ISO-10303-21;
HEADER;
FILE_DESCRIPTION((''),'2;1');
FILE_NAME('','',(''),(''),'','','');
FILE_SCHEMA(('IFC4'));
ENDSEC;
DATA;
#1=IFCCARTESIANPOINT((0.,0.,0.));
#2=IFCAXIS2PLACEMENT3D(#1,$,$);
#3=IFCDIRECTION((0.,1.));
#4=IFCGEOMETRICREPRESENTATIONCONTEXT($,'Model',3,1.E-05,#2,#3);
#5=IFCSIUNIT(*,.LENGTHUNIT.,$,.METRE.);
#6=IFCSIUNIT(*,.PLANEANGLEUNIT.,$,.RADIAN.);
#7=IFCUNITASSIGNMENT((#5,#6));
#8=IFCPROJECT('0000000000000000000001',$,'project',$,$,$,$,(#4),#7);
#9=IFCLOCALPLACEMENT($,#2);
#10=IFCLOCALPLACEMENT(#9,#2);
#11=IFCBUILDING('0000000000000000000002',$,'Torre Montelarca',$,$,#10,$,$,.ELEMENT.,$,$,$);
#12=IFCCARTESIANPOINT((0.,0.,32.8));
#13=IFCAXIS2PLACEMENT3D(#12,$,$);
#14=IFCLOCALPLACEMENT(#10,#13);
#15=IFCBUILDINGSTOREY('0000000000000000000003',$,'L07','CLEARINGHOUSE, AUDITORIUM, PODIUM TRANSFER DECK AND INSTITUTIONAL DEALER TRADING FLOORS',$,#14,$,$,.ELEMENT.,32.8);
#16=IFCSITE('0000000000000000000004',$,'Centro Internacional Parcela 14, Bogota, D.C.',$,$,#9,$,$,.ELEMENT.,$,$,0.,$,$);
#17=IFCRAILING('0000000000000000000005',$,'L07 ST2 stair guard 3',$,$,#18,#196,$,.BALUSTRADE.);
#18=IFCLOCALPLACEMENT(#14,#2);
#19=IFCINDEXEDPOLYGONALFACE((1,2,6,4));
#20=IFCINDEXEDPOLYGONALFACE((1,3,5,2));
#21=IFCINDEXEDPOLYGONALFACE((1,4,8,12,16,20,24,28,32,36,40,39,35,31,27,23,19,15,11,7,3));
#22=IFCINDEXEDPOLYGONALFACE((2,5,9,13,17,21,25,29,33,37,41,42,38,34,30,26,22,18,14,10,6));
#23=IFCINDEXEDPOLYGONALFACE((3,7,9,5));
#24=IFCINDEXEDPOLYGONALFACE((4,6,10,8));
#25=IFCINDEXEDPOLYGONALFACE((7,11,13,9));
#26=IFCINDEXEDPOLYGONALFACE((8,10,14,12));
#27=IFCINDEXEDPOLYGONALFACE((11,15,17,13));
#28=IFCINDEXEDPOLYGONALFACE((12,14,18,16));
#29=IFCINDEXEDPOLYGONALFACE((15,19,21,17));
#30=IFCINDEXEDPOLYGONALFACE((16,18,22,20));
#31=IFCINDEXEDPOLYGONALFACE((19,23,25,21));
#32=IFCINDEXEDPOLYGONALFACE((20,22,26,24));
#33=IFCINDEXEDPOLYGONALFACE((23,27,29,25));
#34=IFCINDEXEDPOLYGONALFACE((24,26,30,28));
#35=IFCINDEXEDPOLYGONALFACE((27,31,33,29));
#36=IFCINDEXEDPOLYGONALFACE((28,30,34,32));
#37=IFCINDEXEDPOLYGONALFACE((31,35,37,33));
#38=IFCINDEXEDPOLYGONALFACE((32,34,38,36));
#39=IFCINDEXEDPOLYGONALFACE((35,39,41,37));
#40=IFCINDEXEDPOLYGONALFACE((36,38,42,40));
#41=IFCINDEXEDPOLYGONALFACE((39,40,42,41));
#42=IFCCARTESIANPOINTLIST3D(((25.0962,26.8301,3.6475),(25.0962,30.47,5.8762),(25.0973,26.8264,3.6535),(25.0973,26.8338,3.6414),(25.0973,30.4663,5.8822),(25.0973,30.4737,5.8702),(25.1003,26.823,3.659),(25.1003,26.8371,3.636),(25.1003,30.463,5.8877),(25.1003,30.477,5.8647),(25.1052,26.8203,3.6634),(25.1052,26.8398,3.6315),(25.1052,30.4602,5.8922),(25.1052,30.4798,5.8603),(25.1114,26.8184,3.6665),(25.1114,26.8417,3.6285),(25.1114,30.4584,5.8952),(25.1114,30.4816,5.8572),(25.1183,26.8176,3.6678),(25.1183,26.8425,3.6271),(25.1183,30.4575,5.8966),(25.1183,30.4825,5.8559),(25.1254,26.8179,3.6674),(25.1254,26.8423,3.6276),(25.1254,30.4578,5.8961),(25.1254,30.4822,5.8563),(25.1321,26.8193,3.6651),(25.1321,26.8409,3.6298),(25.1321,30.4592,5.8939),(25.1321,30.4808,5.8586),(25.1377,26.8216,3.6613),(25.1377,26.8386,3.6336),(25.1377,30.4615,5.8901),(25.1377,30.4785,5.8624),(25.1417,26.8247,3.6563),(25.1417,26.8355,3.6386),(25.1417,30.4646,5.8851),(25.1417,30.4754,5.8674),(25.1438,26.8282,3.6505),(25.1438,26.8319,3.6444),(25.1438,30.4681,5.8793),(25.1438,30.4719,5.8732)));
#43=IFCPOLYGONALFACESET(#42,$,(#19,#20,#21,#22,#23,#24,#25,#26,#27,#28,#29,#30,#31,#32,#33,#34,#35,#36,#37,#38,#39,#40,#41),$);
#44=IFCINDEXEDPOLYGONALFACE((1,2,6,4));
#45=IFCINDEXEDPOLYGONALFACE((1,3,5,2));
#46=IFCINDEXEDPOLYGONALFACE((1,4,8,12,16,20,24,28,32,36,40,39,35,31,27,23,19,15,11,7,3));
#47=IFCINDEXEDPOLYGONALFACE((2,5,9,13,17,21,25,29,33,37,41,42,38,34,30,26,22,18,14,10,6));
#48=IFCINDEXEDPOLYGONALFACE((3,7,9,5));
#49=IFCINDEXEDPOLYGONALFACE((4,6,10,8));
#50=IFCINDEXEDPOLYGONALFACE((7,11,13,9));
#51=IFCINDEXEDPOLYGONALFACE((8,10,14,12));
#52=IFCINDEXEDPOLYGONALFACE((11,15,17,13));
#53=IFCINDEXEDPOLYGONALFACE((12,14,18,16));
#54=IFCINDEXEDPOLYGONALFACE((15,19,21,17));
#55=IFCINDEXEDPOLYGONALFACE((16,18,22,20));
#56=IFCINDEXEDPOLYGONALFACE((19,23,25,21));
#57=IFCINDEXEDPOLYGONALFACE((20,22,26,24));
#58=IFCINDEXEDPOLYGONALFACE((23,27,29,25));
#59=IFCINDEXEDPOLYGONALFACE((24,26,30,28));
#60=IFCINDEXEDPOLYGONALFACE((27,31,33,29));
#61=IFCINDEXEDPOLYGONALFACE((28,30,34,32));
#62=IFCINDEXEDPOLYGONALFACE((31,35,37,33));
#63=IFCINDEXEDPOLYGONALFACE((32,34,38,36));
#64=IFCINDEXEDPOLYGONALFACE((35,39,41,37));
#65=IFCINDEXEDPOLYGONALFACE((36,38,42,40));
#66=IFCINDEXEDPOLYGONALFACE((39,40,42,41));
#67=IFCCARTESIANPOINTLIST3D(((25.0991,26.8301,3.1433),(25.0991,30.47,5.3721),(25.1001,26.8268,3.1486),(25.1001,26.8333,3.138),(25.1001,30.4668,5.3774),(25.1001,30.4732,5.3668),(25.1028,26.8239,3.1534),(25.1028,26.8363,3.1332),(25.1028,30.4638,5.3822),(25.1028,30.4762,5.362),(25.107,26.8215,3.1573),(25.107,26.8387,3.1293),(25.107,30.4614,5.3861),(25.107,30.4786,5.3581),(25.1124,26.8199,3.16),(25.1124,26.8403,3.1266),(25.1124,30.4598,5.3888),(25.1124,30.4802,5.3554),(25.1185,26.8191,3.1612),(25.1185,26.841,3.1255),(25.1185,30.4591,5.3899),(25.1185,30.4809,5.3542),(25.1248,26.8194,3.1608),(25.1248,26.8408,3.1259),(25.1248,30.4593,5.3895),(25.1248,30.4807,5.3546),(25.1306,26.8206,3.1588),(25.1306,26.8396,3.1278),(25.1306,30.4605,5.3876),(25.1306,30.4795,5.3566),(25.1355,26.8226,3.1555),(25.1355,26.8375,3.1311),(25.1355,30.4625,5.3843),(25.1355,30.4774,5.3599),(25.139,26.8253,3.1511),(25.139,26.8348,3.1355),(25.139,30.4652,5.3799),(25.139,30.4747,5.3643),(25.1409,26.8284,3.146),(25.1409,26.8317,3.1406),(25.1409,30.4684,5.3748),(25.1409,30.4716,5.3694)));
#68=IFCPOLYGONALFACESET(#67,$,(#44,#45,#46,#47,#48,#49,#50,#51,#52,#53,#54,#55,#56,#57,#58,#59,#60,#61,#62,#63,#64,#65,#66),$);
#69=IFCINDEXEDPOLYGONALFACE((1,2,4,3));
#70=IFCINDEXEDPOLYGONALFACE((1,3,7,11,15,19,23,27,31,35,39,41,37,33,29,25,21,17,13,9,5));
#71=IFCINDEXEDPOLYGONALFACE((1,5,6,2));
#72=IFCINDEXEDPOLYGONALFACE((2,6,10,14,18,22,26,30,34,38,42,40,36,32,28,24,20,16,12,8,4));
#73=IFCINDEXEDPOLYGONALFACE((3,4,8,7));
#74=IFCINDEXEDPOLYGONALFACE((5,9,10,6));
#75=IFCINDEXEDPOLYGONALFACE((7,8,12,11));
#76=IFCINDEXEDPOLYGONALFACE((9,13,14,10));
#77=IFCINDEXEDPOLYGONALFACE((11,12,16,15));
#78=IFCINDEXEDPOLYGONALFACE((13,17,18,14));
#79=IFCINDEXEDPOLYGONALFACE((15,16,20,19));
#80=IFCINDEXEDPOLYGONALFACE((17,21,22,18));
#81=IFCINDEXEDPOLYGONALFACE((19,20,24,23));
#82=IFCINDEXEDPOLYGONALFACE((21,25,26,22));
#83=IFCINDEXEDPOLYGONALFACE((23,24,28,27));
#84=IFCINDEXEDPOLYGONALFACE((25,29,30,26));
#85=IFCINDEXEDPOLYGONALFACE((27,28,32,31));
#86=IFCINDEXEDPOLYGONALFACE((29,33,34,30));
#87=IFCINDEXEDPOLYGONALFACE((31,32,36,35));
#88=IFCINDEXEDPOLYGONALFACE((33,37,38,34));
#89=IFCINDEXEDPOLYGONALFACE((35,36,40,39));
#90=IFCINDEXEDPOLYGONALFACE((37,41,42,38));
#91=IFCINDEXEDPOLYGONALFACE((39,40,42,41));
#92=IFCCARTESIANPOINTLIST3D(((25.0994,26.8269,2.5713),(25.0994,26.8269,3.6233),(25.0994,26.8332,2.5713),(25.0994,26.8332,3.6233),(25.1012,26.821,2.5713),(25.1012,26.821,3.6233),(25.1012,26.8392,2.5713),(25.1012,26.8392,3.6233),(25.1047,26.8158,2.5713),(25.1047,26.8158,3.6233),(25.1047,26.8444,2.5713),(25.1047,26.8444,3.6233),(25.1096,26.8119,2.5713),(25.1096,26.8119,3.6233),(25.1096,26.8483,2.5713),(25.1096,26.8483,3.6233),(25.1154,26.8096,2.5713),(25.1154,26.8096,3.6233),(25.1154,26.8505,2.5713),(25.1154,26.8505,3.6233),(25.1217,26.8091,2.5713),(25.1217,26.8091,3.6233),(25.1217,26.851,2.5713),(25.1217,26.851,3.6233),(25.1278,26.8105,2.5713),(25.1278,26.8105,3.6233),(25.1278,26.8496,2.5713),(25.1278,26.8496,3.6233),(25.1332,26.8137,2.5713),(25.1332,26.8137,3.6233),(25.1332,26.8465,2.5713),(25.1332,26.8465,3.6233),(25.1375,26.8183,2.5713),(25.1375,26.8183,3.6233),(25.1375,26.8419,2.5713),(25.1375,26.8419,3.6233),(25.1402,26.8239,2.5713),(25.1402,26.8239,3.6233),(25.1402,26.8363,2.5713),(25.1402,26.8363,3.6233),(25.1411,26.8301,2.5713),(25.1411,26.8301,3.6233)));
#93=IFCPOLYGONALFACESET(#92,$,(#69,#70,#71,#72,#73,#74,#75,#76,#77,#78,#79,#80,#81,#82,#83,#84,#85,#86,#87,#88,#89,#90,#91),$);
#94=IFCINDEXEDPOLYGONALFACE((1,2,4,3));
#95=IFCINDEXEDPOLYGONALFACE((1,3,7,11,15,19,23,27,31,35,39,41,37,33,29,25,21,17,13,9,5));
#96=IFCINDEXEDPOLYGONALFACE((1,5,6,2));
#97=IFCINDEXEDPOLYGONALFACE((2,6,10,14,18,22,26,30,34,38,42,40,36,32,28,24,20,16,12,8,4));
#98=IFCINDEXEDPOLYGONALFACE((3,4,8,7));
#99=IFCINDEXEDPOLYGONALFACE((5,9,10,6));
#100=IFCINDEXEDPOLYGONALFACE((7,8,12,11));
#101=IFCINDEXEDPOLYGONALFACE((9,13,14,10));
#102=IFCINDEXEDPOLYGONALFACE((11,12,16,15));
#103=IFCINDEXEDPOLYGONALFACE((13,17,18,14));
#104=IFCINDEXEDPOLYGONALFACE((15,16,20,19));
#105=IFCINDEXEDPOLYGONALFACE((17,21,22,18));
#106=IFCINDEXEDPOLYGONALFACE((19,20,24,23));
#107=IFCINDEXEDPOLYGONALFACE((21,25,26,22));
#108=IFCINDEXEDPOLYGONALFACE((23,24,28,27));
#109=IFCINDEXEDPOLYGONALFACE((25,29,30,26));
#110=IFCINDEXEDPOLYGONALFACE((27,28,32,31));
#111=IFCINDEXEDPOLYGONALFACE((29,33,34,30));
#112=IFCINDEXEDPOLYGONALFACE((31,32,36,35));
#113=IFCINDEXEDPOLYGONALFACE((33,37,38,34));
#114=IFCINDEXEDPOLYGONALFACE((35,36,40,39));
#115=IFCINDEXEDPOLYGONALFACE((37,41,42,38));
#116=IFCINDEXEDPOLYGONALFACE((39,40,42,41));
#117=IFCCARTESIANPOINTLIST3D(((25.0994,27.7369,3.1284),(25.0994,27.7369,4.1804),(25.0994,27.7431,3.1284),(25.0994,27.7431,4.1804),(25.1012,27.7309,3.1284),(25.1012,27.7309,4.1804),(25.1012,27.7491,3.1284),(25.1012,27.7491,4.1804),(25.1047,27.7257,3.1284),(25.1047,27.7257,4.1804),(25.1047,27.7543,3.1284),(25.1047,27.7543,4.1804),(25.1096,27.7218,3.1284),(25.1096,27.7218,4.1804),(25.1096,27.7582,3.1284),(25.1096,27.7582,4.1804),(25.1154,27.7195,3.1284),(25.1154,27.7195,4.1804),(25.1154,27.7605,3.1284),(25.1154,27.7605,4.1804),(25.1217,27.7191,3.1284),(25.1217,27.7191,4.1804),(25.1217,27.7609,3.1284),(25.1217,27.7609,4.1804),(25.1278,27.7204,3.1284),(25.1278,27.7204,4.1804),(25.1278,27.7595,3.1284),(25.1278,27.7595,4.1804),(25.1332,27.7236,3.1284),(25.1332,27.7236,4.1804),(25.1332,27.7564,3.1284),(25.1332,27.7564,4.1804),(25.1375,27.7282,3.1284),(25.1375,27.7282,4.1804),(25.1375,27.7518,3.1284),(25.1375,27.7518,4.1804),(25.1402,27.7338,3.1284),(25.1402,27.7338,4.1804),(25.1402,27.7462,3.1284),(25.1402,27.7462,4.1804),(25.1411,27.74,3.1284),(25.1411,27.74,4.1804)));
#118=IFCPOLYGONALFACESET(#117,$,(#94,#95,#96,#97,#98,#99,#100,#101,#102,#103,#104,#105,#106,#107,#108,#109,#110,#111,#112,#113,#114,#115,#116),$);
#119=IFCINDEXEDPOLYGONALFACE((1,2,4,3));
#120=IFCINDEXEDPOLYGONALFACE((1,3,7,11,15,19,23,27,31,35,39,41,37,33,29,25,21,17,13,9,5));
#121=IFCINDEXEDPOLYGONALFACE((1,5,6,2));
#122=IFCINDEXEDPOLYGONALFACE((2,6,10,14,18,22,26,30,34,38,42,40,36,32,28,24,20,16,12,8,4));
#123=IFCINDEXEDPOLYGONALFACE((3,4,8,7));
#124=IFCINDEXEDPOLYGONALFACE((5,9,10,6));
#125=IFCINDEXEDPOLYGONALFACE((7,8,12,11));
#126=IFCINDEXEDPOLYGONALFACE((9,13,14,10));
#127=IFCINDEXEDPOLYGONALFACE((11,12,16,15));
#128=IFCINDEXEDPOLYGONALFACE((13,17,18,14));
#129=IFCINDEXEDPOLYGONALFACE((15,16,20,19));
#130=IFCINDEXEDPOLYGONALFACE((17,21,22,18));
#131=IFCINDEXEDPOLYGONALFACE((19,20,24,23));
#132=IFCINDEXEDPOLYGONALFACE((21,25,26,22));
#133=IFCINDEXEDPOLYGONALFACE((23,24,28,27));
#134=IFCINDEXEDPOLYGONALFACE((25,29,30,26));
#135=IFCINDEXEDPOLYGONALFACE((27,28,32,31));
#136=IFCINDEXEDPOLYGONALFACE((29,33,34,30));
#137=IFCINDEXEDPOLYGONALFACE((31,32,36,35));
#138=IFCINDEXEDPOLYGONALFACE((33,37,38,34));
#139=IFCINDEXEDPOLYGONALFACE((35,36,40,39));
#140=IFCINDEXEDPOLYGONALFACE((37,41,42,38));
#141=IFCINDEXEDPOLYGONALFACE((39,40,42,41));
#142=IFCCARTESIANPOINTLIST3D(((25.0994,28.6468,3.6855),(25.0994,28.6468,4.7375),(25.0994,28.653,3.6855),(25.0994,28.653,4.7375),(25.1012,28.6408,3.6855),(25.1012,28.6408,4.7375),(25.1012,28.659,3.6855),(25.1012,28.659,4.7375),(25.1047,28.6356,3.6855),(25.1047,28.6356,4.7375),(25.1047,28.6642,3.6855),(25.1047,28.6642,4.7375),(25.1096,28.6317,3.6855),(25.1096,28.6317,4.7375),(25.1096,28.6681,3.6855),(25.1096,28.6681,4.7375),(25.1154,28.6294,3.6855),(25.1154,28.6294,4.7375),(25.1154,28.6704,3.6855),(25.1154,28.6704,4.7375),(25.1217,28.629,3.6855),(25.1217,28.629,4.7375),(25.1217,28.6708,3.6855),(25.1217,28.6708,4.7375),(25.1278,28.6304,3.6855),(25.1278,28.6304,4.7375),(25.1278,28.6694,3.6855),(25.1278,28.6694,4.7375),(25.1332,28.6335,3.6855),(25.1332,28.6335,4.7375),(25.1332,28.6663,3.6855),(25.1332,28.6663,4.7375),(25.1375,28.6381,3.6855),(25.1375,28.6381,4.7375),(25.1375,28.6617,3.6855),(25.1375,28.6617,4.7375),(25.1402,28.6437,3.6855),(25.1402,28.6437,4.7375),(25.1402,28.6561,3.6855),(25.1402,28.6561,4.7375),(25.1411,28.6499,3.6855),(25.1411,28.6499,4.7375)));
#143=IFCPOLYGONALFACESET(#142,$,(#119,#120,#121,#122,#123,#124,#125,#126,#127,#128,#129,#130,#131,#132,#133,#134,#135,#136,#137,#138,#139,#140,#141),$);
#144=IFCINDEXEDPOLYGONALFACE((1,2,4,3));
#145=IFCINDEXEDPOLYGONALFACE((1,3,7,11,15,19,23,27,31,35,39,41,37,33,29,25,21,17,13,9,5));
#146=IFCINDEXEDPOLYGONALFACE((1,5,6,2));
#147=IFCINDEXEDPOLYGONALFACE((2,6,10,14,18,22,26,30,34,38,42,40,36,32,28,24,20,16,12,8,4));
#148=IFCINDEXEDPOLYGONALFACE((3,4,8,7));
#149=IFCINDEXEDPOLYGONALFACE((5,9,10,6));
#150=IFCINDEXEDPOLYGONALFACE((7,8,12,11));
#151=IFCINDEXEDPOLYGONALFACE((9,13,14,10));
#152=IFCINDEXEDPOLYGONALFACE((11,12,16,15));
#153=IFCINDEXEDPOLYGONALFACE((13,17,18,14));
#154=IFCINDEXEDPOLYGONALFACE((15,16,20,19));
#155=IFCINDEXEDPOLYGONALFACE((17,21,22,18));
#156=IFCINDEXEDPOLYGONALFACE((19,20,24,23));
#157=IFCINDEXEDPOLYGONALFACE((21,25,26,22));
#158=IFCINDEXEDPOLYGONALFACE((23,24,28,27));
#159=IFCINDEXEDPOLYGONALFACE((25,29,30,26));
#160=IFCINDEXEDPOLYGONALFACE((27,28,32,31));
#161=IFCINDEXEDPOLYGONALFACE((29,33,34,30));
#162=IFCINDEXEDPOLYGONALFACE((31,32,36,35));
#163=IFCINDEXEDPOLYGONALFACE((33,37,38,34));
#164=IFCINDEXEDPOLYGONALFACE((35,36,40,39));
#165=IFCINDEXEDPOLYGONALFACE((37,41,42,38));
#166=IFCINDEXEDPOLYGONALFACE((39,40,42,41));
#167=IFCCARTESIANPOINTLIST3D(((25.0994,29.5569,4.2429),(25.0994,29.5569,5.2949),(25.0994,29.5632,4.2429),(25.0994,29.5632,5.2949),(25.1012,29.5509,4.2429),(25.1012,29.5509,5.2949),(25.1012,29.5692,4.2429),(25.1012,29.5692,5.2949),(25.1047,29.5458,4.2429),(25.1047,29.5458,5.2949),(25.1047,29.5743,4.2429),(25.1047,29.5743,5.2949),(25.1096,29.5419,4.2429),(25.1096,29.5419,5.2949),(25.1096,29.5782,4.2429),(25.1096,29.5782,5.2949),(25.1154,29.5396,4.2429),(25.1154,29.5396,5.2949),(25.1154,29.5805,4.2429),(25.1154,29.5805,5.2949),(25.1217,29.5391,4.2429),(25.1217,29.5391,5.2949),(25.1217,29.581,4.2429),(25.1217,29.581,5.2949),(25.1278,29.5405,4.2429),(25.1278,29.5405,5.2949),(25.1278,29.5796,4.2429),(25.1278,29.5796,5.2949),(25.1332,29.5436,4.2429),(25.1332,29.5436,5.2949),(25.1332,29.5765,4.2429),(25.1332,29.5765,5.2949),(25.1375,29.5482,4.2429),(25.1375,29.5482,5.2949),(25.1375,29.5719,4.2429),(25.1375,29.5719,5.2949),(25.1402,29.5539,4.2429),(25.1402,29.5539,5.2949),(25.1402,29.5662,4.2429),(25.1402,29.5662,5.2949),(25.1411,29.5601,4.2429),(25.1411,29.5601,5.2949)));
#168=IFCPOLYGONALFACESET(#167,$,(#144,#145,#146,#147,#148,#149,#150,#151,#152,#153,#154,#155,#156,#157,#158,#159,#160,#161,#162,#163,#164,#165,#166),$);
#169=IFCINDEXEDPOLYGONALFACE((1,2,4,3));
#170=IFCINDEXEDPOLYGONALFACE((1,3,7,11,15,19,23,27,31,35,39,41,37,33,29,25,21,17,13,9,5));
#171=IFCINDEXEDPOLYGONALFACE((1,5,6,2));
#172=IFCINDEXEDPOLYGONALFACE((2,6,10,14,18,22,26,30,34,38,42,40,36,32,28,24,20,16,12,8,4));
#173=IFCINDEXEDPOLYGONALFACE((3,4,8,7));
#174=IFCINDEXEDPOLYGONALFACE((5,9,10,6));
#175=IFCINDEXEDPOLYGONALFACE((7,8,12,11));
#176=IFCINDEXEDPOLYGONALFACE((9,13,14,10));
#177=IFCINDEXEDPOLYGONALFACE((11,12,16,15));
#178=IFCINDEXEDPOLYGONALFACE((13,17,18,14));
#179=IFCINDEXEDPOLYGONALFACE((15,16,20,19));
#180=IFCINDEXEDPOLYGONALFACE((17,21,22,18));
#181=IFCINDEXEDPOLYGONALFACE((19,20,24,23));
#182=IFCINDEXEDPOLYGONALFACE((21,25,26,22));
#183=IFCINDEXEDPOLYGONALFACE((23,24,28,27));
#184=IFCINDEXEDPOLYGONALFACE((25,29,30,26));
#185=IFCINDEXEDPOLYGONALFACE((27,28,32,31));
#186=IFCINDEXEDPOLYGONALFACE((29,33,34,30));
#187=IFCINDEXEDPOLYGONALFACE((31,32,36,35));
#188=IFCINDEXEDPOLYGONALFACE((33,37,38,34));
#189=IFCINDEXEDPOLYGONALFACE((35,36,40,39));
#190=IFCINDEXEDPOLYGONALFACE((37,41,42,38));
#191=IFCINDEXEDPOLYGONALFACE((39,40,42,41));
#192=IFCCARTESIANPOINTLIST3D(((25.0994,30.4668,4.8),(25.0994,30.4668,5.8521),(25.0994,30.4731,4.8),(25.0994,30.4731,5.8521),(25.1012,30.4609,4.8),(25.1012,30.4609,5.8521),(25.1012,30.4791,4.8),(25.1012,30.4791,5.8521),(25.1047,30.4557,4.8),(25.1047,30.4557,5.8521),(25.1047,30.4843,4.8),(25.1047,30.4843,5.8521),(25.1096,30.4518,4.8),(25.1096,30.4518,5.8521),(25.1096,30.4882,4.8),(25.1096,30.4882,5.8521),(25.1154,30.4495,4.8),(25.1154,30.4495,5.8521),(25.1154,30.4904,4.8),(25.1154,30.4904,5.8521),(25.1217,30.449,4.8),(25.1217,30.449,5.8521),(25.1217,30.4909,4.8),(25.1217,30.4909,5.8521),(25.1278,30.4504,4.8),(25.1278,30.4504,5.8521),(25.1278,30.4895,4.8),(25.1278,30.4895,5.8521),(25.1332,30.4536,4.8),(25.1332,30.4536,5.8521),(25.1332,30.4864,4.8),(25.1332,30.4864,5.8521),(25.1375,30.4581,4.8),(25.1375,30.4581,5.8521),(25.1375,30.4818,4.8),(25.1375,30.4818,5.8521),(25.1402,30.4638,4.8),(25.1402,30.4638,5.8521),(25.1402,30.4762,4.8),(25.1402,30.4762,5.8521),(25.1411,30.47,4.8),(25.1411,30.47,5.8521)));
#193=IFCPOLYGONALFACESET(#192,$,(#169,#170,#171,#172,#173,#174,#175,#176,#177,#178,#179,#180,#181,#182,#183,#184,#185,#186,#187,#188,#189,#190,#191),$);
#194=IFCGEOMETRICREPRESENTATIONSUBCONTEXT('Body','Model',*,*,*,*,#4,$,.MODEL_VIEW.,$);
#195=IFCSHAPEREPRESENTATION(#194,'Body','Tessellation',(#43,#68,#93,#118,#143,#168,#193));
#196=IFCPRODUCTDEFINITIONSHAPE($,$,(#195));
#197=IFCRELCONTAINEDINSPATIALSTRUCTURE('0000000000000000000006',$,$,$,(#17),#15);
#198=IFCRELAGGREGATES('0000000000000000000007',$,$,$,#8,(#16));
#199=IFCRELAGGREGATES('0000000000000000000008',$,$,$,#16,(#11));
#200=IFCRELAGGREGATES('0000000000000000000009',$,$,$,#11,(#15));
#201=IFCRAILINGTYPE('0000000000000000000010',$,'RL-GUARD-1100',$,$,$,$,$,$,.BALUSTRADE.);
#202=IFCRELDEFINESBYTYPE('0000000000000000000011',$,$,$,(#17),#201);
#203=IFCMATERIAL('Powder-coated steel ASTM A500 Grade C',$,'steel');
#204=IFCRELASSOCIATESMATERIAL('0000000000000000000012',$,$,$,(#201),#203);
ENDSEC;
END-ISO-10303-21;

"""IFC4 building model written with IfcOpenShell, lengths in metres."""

from ifc_helpers import new_model, si_unit, direction, frame, origin, origin_2d, place, context, subcontext, project, spatial, circle, extrude, material, type_object, element, save


model = new_model("IFC4")

# Units and contexts
model_context = context("Model", 3, precision=1e-05, world=origin(), true_north=direction((0.0, 1.0)))
body_context = subcontext(model_context, "Body", "Model", "MODEL_VIEW")
ifc_project = project(units=[si_unit("LENGTHUNIT", "METRE"), si_unit("PLANEANGLEUNIT", "RADIAN")], contexts=[model_context])

# Site, building, storey
site_placement = place(None, origin())
site = spatial("IfcSite", under=ifc_project, at=site_placement, Name="Centro Internacional Parcela 14, Bogota, D.C.", CompositionType="ELEMENT", RefElevation=0.0)
building_placement = place(site_placement, origin())
building = spatial("IfcBuilding", under=site, at=building_placement, Name="Torre Montelarca", CompositionType="ELEMENT")
storey_placement = place(building_placement, frame((0.0, 0.0, 32.8)))
storey = spatial("IfcBuildingStorey", under=building, at=storey_placement, Name="L07", Description="CLEARINGHOUSE, AUDITORIUM, PODIUM TRANSFER DECK AND INSTITUTIONAL DEALER TRADING FLOORS", CompositionType="ELEMENT", Elevation=32.8)

# Railing
ifc_material_1 = material(Name="Powder-coated steel ASTM A500 Grade C", Category="steel")
railing_type = type_object("IfcRailingType", Name="RL-GUARD-1100", PredefinedType="BALUSTRADE", material=ifc_material_1)
railing_1_placement = place(storey_placement, frame((25.1201, 26.8301, 2.5713)))
element("IfcRailing", 1, at=railing_1_placement, inside=storey, type_object=railing_type, Name="L07 ST2 stair guard 3", PredefinedType="BALUSTRADE", context=body_context, shape_type="SweptSolid", body=[
    extrude(circle(Radius=0.0239, at=origin_2d()), frame((0.0, 0.0, 1.0762), z_axis=(0.0, 0.852825, 0.522197), x_axis=(-1.0, 0.0, 0.0)), (0.0, 0.0, 1.0), 4.2681),
    extrude(circle(Radius=0.021, at=origin_2d()), frame((0.0, 0.0, 0.572), z_axis=(0.0, 0.852825, 0.522197), x_axis=(-1.0, 0.0, 0.0)), (0.0, 0.0, 1.0), 4.2681),
    extrude(circle(Radius=0.021, at=origin_2d()), origin(), (0.0, 0.0, 1.0), 1.052),
    extrude(circle(Radius=0.021, at=origin_2d()), frame((0.0, 0.9099, 0.5571)), (0.0, 0.0, 1.0), 1.052),
    extrude(circle(Radius=0.021, at=origin_2d()), frame((0.0, 1.8198, 1.1143)), (0.0, 0.0, 1.0), 1.052),
    extrude(circle(Radius=0.021, at=origin_2d()), frame((0.0, 2.73, 1.6716)), (0.0, 0.0, 1.0), 1.052),
    extrude(circle(Radius=0.021, at=origin_2d()), frame((0.0, 3.6399, 2.2288)), (0.0, 0.0, 1.0), 1.052),
])

save(model, "model.ifc")
